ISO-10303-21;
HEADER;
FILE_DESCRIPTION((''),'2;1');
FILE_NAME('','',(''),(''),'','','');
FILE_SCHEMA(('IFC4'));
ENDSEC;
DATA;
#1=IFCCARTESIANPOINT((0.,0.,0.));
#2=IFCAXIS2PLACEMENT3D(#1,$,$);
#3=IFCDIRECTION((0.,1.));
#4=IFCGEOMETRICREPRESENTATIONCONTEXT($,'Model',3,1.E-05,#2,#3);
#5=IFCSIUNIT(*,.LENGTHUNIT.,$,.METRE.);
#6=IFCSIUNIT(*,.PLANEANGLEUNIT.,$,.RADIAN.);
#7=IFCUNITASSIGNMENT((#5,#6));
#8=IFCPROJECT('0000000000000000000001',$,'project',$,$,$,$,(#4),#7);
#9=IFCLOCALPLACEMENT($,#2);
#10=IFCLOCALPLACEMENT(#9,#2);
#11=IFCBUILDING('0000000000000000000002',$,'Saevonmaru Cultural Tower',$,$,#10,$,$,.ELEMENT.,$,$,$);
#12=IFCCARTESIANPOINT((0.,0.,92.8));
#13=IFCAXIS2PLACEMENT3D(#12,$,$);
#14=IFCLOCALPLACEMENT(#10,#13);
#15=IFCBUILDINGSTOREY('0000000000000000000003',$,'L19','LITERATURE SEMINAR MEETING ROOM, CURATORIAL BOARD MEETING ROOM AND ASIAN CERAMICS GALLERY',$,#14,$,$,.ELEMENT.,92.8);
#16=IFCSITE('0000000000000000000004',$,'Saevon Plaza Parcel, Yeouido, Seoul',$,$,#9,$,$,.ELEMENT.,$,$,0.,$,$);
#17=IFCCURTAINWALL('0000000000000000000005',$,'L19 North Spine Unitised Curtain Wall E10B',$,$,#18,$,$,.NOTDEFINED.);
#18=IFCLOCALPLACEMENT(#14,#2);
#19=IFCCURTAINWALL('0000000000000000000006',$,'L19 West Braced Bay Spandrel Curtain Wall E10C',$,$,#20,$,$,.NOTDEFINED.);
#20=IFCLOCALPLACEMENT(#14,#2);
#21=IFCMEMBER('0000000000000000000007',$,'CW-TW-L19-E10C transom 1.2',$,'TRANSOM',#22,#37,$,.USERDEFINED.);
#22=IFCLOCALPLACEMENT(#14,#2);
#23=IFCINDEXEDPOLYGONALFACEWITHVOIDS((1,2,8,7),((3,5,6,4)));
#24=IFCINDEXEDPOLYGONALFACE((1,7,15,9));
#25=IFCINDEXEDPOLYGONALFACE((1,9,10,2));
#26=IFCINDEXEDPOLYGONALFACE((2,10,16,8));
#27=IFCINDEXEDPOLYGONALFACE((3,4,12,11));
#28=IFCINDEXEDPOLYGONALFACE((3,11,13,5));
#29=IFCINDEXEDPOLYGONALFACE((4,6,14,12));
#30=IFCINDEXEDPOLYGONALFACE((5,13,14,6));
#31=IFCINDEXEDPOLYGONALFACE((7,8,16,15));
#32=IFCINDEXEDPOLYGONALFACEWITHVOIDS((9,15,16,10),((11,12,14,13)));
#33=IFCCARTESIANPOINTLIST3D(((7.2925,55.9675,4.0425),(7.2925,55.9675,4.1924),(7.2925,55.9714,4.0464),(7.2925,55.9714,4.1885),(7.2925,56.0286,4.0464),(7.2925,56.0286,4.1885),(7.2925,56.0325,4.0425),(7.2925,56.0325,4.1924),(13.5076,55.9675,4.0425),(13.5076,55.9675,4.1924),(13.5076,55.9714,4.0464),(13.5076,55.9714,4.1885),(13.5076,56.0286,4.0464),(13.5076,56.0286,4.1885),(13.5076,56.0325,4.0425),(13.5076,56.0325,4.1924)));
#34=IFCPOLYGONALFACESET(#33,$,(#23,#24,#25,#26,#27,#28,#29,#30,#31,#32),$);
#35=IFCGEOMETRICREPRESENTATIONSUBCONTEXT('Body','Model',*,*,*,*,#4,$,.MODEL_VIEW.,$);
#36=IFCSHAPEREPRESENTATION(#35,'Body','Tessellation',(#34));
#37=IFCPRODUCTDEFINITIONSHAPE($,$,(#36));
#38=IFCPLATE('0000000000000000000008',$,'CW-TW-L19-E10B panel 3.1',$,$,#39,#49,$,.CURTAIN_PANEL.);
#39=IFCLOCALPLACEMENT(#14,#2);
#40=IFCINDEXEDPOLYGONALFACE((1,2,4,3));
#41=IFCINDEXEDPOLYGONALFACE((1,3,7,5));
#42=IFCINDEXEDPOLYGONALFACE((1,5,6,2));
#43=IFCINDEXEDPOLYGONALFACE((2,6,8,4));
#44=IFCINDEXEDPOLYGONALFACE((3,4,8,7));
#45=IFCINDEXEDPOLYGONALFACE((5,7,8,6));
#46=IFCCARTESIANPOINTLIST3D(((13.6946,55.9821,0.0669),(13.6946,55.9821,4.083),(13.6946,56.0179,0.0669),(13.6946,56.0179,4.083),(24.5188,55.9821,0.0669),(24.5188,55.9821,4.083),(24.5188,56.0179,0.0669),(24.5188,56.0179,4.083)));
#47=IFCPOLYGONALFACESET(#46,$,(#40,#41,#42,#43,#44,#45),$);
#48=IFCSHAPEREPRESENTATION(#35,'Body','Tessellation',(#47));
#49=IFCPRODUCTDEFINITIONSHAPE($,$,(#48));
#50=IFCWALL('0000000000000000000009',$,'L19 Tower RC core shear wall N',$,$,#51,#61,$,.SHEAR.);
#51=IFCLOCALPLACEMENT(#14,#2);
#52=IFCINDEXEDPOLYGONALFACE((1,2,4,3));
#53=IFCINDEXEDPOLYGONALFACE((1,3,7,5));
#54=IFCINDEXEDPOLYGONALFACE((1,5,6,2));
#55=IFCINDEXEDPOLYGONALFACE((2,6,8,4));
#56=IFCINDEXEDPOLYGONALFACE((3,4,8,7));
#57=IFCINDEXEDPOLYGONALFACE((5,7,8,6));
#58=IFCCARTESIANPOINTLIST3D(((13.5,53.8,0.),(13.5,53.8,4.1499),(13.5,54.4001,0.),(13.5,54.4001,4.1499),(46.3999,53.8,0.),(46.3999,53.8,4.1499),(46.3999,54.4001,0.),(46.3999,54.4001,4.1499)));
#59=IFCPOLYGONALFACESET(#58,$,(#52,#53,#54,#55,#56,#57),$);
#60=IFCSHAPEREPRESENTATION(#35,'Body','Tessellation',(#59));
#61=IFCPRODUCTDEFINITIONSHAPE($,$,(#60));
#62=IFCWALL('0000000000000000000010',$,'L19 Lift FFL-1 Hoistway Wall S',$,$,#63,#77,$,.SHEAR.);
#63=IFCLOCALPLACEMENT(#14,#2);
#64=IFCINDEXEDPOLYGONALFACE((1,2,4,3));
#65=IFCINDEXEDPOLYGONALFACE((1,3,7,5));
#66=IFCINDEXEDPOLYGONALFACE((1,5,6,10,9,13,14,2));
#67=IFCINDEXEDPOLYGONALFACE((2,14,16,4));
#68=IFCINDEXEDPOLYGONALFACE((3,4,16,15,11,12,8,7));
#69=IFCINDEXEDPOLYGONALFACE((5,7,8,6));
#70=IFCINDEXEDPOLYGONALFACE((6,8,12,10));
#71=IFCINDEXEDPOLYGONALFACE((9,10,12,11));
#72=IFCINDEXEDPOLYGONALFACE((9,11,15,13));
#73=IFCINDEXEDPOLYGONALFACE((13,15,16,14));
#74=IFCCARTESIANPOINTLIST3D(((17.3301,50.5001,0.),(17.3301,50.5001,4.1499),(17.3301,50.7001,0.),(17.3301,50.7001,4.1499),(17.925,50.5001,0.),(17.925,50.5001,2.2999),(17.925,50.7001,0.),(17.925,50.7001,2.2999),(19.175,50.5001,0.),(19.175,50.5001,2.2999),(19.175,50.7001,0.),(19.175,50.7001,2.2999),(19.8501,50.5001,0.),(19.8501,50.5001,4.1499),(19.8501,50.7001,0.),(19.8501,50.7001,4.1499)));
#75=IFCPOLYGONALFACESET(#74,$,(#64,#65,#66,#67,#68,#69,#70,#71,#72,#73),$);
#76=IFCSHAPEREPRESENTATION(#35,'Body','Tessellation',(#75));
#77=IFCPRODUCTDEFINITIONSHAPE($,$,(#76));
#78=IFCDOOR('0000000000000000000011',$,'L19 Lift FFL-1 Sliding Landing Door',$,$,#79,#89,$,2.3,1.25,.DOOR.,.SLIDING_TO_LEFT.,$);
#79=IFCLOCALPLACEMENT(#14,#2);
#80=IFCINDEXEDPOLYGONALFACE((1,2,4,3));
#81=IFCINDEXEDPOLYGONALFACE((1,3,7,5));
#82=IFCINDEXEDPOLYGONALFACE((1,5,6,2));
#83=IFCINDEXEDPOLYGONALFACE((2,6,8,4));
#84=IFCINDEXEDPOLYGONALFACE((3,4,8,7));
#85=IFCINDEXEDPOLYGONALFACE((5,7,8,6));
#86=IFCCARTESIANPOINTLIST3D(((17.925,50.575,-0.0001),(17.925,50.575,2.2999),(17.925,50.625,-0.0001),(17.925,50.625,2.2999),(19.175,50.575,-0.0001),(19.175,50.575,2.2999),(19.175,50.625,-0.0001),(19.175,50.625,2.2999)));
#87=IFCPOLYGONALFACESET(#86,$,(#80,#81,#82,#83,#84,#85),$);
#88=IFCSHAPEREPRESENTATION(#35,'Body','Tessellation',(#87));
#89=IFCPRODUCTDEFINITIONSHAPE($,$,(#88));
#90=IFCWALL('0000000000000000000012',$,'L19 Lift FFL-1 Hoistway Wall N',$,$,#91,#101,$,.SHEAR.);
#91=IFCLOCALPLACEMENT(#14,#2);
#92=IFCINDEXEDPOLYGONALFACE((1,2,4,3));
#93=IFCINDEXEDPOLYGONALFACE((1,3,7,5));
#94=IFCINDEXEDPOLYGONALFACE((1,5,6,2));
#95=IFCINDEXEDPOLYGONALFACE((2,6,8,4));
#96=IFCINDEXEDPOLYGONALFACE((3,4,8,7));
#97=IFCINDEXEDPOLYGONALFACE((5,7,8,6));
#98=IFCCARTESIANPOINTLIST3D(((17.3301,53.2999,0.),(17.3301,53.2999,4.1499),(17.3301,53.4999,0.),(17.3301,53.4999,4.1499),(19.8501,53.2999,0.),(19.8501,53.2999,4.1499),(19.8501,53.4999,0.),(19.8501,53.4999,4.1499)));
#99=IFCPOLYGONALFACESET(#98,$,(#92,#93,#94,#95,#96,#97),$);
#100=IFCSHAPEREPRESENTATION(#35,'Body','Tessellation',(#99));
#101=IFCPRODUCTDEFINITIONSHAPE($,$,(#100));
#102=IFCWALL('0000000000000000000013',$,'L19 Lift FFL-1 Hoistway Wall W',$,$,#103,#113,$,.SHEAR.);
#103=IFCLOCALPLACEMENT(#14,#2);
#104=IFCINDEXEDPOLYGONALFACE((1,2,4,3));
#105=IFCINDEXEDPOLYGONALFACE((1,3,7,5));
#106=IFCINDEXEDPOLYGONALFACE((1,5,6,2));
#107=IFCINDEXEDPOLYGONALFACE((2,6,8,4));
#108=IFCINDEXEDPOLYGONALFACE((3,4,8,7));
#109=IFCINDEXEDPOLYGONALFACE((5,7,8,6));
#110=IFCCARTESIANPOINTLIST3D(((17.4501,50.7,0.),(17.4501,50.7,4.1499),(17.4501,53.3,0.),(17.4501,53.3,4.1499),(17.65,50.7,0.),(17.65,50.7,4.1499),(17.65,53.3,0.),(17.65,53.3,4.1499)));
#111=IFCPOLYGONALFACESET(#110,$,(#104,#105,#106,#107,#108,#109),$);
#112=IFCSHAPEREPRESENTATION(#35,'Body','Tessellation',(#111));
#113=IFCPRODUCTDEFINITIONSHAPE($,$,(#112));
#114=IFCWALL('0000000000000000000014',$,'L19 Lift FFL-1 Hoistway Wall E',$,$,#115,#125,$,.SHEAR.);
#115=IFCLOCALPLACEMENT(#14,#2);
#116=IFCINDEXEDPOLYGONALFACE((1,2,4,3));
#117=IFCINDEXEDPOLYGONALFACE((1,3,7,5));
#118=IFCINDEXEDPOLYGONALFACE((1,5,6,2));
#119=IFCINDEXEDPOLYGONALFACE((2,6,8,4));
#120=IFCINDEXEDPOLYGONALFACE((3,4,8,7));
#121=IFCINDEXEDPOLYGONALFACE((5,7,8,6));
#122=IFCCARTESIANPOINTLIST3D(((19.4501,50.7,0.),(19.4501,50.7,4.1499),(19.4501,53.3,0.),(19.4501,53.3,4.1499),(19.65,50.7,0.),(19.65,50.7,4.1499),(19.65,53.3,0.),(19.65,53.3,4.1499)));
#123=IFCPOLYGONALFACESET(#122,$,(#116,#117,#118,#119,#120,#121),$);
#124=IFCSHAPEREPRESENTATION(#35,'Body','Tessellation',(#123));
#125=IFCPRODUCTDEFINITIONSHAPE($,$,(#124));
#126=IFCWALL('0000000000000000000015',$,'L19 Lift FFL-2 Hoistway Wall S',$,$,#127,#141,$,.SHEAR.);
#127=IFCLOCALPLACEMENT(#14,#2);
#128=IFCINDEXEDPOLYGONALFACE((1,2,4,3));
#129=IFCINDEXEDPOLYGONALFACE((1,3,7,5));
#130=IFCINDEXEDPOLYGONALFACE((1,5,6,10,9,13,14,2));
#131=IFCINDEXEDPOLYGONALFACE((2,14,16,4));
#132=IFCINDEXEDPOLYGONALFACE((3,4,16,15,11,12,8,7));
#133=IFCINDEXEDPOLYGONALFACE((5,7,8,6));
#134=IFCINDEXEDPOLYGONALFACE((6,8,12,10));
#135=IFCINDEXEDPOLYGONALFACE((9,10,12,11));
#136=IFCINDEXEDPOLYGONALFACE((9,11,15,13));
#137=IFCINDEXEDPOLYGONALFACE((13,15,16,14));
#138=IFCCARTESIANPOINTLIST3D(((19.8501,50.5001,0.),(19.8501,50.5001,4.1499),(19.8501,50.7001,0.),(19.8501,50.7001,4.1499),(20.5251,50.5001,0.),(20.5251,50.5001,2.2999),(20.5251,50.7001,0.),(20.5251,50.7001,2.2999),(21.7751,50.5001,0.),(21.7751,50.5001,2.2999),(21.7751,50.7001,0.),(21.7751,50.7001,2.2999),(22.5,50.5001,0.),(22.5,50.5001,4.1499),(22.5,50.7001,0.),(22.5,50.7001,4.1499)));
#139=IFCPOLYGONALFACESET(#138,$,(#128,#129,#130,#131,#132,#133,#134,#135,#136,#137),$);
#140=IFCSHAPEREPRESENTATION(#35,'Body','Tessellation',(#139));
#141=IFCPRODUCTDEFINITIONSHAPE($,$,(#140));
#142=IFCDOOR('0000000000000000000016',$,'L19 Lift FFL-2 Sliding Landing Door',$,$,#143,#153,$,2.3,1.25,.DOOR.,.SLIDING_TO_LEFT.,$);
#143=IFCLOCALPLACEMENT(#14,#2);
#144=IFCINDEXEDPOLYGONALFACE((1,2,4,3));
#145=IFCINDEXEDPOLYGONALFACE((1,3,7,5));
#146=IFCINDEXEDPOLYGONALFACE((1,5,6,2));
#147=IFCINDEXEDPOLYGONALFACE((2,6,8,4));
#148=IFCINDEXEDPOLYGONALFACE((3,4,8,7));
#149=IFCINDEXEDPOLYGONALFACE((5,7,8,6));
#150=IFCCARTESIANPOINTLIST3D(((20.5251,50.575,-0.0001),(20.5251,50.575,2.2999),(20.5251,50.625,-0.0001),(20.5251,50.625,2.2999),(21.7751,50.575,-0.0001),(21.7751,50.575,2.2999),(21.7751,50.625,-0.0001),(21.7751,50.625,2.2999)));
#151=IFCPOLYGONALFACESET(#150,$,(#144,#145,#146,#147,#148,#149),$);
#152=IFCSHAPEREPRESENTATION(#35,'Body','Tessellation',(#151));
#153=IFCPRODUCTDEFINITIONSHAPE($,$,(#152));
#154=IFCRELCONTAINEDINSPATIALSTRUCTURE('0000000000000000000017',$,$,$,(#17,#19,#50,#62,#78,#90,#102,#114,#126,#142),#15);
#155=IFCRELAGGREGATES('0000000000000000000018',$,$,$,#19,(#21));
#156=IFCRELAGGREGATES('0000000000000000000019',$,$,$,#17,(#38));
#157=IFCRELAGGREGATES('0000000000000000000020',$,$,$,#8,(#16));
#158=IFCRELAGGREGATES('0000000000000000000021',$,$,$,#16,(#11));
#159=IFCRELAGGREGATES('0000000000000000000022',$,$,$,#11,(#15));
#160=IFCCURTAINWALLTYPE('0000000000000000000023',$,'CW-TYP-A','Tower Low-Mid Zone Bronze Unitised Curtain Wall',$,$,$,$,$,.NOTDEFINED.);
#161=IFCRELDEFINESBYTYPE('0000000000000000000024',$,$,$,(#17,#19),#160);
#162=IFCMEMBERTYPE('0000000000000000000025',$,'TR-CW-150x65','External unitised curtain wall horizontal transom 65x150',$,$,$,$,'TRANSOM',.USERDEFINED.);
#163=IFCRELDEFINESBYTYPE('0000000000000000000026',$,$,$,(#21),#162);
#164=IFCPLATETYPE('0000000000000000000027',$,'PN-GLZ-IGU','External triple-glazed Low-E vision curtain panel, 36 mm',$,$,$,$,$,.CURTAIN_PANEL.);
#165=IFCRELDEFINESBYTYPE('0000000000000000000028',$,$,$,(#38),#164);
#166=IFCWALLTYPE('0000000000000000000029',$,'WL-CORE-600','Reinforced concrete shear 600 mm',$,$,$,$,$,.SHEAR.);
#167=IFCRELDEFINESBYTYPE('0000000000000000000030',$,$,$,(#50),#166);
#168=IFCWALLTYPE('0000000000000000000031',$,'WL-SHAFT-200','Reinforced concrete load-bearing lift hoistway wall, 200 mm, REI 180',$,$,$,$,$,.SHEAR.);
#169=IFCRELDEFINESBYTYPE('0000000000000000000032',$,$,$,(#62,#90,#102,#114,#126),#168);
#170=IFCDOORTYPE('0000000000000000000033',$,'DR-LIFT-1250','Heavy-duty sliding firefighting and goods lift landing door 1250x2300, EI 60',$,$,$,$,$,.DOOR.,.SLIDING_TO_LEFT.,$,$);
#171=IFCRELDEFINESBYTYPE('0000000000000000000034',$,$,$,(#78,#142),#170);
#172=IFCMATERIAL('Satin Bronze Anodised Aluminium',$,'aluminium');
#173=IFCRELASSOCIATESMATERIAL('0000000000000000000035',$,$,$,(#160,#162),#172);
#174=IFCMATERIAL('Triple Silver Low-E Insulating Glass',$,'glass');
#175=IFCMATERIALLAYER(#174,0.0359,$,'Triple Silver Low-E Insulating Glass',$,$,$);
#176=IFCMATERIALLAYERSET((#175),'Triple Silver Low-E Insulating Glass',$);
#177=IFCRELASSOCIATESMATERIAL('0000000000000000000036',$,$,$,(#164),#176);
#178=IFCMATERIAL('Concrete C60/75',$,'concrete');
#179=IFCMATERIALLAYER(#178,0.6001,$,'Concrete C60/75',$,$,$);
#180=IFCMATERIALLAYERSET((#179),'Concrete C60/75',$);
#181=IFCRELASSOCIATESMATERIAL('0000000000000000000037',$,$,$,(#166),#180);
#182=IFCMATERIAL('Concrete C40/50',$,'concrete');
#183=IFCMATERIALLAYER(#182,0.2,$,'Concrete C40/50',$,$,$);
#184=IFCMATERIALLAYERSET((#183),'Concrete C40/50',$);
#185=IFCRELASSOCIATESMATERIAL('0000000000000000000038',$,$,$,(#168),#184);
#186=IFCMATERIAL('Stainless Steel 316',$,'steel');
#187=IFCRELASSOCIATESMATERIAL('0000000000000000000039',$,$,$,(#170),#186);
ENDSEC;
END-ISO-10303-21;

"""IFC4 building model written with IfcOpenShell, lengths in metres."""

from ifc_helpers import new_model, si_unit, direction, frame, frame_2d, origin, origin_2d, place, context, subcontext, project, spatial, rectangle, hollow_rectangle, extrude, material, layer, layer_set, material_profile, profile_set, type_object, element, fill, aggregate, save


model = new_model("IFC4")

# Units and contexts
model_context = context("Model", 3, precision=1e-05, world=origin(), true_north=direction((0.0, 1.0)))
body_context = subcontext(model_context, "Body", "Model", "MODEL_VIEW")
ifc_project = project(units=[si_unit("LENGTHUNIT", "METRE"), si_unit("PLANEANGLEUNIT", "RADIAN")], contexts=[model_context])

# Site, building, storey
site_placement = place(None, origin())
site = spatial("IfcSite", under=ifc_project, at=site_placement, Name="Saevon Plaza Parcel, Yeouido, Seoul", CompositionType="ELEMENT", RefElevation=0.0)
building_placement = place(site_placement, origin())
building = spatial("IfcBuilding", under=site, at=building_placement, Name="Saevonmaru Cultural Tower", CompositionType="ELEMENT")
storey_placement = place(building_placement, frame((0.0, 0.0, 92.8)))
storey = spatial("IfcBuildingStorey", under=building, at=storey_placement, Name="L19", Description="LITERATURE SEMINAR MEETING ROOM, CURATORIAL BOARD MEETING ROOM AND ASIAN CERAMICS GALLERY", CompositionType="ELEMENT", Elevation=92.8)

# Curtain wall
ifc_material_1 = material(Name="Satin Bronze Anodised Aluminium", Category="aluminium")
curtain_wall_type = type_object("IfcCurtainWallType", Name="CW-TYP-A", Description="Tower Low-Mid Zone Bronze Unitised Curtain Wall", PredefinedType="NOTDEFINED", material=ifc_material_1)
curtain_wall_1_placement = place(storey_placement, origin())
curtain_wall_1 = element("IfcCurtainWall", 1, at=curtain_wall_1_placement, inside=storey, type_object=curtain_wall_type, Name="L19 North Spine Unitised Curtain Wall E10B", PredefinedType="NOTDEFINED")

# Curtain wall, member
curtain_wall_2_placement = place(storey_placement, origin())
curtain_wall_2 = element("IfcCurtainWall", 2, at=curtain_wall_2_placement, inside=storey, type_object=curtain_wall_type, Name="L19 West Braced Bay Spandrel Curtain Wall E10C", PredefinedType="NOTDEFINED")
ifc_material_profile_1 = material_profile(ifc_material_1, hollow_rectangle(XDim=0.0649, YDim=0.1499, WallThickness=0.0039, at=origin_2d()), Name="ALU-TRAN-150x65x4")
ifc_profile_set_1 = profile_set([ifc_material_profile_1], Name="Satin Bronze Anodised Aluminium")
member_type_1 = type_object("IfcMemberType", Name="TR-CW-150x65", Description="External unitised curtain wall horizontal transom 65x150", ElementType="TRANSOM", PredefinedType="USERDEFINED", material=ifc_profile_set_1)
member_1_placement = place(storey_placement, frame((13.5076, 56.0, 4.1174), z_axis=(-1.0, 0.0, 0.0), x_axis=(0.0, -1.0, 0.0)))
member_1 = element("IfcMember", 3, at=member_1_placement, type_object=member_type_1, Name="CW-TW-L19-E10C transom 1.2", ObjectType="TRANSOM", PredefinedType="USERDEFINED", context=body_context, shape_type="SweptSolid", body=[
    extrude(hollow_rectangle(XDim=0.0649, YDim=0.1499, WallThickness=0.0039, at=origin_2d()), origin(), (0.0, 0.0, 1.0), 6.2151),
])
aggregate(curtain_wall_2, [member_1])

# Plate
ifc_material_2 = material(Name="Triple Silver Low-E Insulating Glass", Category="glass")
ifc_layer_1 = layer(ifc_material_2, 0.0359, Name="Triple Silver Low-E Insulating Glass")
ifc_layer_set_1 = layer_set([ifc_layer_1], Name="Triple Silver Low-E Insulating Glass")
plate_type = type_object("IfcPlateType", Name="PN-GLZ-IGU", Description="External triple-glazed Low-E vision curtain panel, 36 mm", PredefinedType="CURTAIN_PANEL", material=ifc_layer_set_1)
plate_placement = place(storey_placement, frame((19.1067, 56.0, 0.0669), z_axis=(0.0, 0.0, 1.0), x_axis=(-1.0, 0.0, 0.0)))
plate = element("IfcPlate", 4, at=plate_placement, type_object=plate_type, Name="CW-TW-L19-E10B panel 3.1", PredefinedType="CURTAIN_PANEL", context=body_context, shape_type="SweptSolid", body=[
    extrude(rectangle(XDim=10.8242, YDim=0.0359, at=origin_2d()), origin(), (0.0, 0.0, 1.0), 4.0161),
])
aggregate(curtain_wall_1, [plate])

# Wall
ifc_material_3 = material(Name="Concrete C60/75", Category="concrete")
ifc_layer_2 = layer(ifc_material_3, 0.6001, Name="Concrete C60/75")
ifc_layer_set_2 = layer_set([ifc_layer_2], Name="Concrete C60/75")
wall_type_1 = type_object("IfcWallType", Name="WL-CORE-600", Description="Reinforced concrete shear 600 mm", PredefinedType="SHEAR", material=ifc_layer_set_2)
wall_1_placement = place(storey_placement, frame((13.5, 54.1001, 0.0), z_axis=(0.0, 0.0, 1.0), x_axis=(1.0, 0.0, 0.0)))
element("IfcWall", 5, at=wall_1_placement, inside=storey, type_object=wall_type_1, Name="L19 Tower RC core shear wall N", PredefinedType="SHEAR", context=body_context, shape_type="SweptSolid", body=[
    extrude(rectangle(XDim=32.8999, YDim=0.6001, at=frame_2d((16.45, 0.0))), origin(), (0.0, 0.0, 1.0), 4.1499),
])

# Wall, opening, door
ifc_material_4 = material(Name="Concrete C40/50", Category="concrete")
ifc_layer_3 = layer(ifc_material_4, 0.2, Name="Concrete C40/50")
ifc_layer_set_3 = layer_set([ifc_layer_3], Name="Concrete C40/50")
wall_type_2 = type_object("IfcWallType", Name="WL-SHAFT-200", Description="Reinforced concrete load-bearing lift hoistway wall, 200 mm, REI 180", PredefinedType="SHEAR", material=ifc_layer_set_3)
wall_2_placement = place(storey_placement, frame((17.3301, 50.6001, 0.0), z_axis=(0.0, 0.0, 1.0), x_axis=(1.0, 0.0, 0.0)))
wall_2 = element("IfcWall", 6, at=wall_2_placement, inside=storey, type_object=wall_type_2, Name="L19 Lift FFL-1 Hoistway Wall S", PredefinedType="SHEAR", context=body_context, shape_type="SweptSolid", body=[
    extrude(rectangle(XDim=2.52, YDim=0.2, at=frame_2d((1.26, 0.0))), origin(), (0.0, 0.0, 1.0), 4.1499),
])
opening_1_placement = place(wall_2_placement, frame((0.595, 0.0, 0.0)))
opening_1 = element("IfcOpeningElement", 7, at=opening_1_placement, cuts=wall_2, PredefinedType="OPENING", context=body_context, shape_type="SweptSolid", body=[
    extrude(rectangle(XDim=1.25, YDim=2.3, at=frame_2d((0.625, 1.1499))), frame((0.0, 0.1099, 0.0), z_axis=(0.0, -1.0, 0.0), x_axis=(1.0, 0.0, 0.0)), (0.0, 0.0, 1.0), 0.22),
])
ifc_material_5 = material(Name="Stainless Steel 316", Category="steel")
door_type = type_object("IfcDoorType", Name="DR-LIFT-1250", Description="Heavy-duty sliding firefighting and goods lift landing door 1250x2300, EI 60", OperationType="SLIDING_TO_LEFT", PredefinedType="DOOR", material=ifc_material_5)
door_1_placement = place(opening_1_placement, origin())
door_1 = element("IfcDoor", 8, at=door_1_placement, inside=storey, type_object=door_type, Name="L19 Lift FFL-1 Sliding Landing Door", OperationType="SLIDING_TO_LEFT", OverallHeight=2.3, OverallWidth=1.25, PredefinedType="DOOR", context=body_context, shape_type="SweptSolid", body=[
    extrude(rectangle(XDim=1.25, YDim=2.3, at=frame_2d((0.625, 1.1499))), frame((0.0, 0.0249, 0.0), z_axis=(0.0, -1.0, 0.0), x_axis=(1.0, 0.0, 0.0)), (0.0, 0.0, 1.0), 0.05),
])
fill(opening_1, door_1)

# Walls
wall_3_placement = place(storey_placement, frame((17.3301, 53.3999, 0.0), z_axis=(0.0, 0.0, 1.0), x_axis=(1.0, 0.0, 0.0)))
element("IfcWall", 9, at=wall_3_placement, inside=storey, type_object=wall_type_2, Name="L19 Lift FFL-1 Hoistway Wall N", PredefinedType="SHEAR", context=body_context, shape_type="SweptSolid", body=[
    extrude(rectangle(XDim=2.52, YDim=0.2, at=frame_2d((1.26, 0.0))), origin(), (0.0, 0.0, 1.0), 4.1499),
])
for number, where, z_axis, x_axis, name in (
    (10, (17.55, 50.7, 0.0), (0.0, 0.0, 1.0), (0.0, 1.0, 0.0), "L19 Lift FFL-1 Hoistway Wall W"),
    (11, (19.55, 50.7, 0.0), (0.0, 0.0, 1.0), (0.0, 1.0, 0.0), "L19 Lift FFL-1 Hoistway Wall E"),
):
    element("IfcWall", number, at=place(storey_placement, frame(where, z_axis=z_axis, x_axis=x_axis)), inside=storey, type_object=wall_type_2, Name=name, PredefinedType="SHEAR", context=body_context, shape_type="SweptSolid", body=[
        extrude(rectangle(XDim=2.6001, YDim=0.2, at=frame_2d((1.3, 0.0))), origin(), (0.0, 0.0, 1.0), 4.1499),
    ])

# Wall, opening, door
wall_4_placement = place(storey_placement, frame((19.8501, 50.6001, 0.0), z_axis=(0.0, 0.0, 1.0), x_axis=(1.0, 0.0, 0.0)))
wall_4 = element("IfcWall", 12, at=wall_4_placement, inside=storey, type_object=wall_type_2, Name="L19 Lift FFL-2 Hoistway Wall S", PredefinedType="SHEAR", context=body_context, shape_type="SweptSolid", body=[
    extrude(rectangle(XDim=2.6499, YDim=0.2, at=frame_2d((1.325, 0.0))), origin(), (0.0, 0.0, 1.0), 4.1499),
])
opening_2_placement = place(wall_4_placement, frame((0.675, 0.0, 0.0)))
opening_2 = element("IfcOpeningElement", 13, at=opening_2_placement, cuts=wall_4, PredefinedType="OPENING", context=body_context, shape_type="SweptSolid", body=[
    extrude(rectangle(XDim=1.25, YDim=2.3, at=frame_2d((0.625, 1.1499))), frame((0.0, 0.1099, 0.0), z_axis=(0.0, -1.0, 0.0), x_axis=(1.0, 0.0, 0.0)), (0.0, 0.0, 1.0), 0.22),
])
door_2_placement = place(opening_2_placement, origin())
door_2 = element("IfcDoor", 14, at=door_2_placement, inside=storey, type_object=door_type, Name="L19 Lift FFL-2 Sliding Landing Door", OperationType="SLIDING_TO_LEFT", OverallHeight=2.3, OverallWidth=1.25, PredefinedType="DOOR", context=body_context, shape_type="SweptSolid", body=[
    extrude(rectangle(XDim=1.25, YDim=2.3, at=frame_2d((0.625, 1.1499))), frame((0.0, 0.0249, 0.0), z_axis=(0.0, -1.0, 0.0), x_axis=(1.0, 0.0, 0.0)), (0.0, 0.0, 1.0), 0.05),
])
fill(opening_2, door_2)

save(model, "model.ifc")
